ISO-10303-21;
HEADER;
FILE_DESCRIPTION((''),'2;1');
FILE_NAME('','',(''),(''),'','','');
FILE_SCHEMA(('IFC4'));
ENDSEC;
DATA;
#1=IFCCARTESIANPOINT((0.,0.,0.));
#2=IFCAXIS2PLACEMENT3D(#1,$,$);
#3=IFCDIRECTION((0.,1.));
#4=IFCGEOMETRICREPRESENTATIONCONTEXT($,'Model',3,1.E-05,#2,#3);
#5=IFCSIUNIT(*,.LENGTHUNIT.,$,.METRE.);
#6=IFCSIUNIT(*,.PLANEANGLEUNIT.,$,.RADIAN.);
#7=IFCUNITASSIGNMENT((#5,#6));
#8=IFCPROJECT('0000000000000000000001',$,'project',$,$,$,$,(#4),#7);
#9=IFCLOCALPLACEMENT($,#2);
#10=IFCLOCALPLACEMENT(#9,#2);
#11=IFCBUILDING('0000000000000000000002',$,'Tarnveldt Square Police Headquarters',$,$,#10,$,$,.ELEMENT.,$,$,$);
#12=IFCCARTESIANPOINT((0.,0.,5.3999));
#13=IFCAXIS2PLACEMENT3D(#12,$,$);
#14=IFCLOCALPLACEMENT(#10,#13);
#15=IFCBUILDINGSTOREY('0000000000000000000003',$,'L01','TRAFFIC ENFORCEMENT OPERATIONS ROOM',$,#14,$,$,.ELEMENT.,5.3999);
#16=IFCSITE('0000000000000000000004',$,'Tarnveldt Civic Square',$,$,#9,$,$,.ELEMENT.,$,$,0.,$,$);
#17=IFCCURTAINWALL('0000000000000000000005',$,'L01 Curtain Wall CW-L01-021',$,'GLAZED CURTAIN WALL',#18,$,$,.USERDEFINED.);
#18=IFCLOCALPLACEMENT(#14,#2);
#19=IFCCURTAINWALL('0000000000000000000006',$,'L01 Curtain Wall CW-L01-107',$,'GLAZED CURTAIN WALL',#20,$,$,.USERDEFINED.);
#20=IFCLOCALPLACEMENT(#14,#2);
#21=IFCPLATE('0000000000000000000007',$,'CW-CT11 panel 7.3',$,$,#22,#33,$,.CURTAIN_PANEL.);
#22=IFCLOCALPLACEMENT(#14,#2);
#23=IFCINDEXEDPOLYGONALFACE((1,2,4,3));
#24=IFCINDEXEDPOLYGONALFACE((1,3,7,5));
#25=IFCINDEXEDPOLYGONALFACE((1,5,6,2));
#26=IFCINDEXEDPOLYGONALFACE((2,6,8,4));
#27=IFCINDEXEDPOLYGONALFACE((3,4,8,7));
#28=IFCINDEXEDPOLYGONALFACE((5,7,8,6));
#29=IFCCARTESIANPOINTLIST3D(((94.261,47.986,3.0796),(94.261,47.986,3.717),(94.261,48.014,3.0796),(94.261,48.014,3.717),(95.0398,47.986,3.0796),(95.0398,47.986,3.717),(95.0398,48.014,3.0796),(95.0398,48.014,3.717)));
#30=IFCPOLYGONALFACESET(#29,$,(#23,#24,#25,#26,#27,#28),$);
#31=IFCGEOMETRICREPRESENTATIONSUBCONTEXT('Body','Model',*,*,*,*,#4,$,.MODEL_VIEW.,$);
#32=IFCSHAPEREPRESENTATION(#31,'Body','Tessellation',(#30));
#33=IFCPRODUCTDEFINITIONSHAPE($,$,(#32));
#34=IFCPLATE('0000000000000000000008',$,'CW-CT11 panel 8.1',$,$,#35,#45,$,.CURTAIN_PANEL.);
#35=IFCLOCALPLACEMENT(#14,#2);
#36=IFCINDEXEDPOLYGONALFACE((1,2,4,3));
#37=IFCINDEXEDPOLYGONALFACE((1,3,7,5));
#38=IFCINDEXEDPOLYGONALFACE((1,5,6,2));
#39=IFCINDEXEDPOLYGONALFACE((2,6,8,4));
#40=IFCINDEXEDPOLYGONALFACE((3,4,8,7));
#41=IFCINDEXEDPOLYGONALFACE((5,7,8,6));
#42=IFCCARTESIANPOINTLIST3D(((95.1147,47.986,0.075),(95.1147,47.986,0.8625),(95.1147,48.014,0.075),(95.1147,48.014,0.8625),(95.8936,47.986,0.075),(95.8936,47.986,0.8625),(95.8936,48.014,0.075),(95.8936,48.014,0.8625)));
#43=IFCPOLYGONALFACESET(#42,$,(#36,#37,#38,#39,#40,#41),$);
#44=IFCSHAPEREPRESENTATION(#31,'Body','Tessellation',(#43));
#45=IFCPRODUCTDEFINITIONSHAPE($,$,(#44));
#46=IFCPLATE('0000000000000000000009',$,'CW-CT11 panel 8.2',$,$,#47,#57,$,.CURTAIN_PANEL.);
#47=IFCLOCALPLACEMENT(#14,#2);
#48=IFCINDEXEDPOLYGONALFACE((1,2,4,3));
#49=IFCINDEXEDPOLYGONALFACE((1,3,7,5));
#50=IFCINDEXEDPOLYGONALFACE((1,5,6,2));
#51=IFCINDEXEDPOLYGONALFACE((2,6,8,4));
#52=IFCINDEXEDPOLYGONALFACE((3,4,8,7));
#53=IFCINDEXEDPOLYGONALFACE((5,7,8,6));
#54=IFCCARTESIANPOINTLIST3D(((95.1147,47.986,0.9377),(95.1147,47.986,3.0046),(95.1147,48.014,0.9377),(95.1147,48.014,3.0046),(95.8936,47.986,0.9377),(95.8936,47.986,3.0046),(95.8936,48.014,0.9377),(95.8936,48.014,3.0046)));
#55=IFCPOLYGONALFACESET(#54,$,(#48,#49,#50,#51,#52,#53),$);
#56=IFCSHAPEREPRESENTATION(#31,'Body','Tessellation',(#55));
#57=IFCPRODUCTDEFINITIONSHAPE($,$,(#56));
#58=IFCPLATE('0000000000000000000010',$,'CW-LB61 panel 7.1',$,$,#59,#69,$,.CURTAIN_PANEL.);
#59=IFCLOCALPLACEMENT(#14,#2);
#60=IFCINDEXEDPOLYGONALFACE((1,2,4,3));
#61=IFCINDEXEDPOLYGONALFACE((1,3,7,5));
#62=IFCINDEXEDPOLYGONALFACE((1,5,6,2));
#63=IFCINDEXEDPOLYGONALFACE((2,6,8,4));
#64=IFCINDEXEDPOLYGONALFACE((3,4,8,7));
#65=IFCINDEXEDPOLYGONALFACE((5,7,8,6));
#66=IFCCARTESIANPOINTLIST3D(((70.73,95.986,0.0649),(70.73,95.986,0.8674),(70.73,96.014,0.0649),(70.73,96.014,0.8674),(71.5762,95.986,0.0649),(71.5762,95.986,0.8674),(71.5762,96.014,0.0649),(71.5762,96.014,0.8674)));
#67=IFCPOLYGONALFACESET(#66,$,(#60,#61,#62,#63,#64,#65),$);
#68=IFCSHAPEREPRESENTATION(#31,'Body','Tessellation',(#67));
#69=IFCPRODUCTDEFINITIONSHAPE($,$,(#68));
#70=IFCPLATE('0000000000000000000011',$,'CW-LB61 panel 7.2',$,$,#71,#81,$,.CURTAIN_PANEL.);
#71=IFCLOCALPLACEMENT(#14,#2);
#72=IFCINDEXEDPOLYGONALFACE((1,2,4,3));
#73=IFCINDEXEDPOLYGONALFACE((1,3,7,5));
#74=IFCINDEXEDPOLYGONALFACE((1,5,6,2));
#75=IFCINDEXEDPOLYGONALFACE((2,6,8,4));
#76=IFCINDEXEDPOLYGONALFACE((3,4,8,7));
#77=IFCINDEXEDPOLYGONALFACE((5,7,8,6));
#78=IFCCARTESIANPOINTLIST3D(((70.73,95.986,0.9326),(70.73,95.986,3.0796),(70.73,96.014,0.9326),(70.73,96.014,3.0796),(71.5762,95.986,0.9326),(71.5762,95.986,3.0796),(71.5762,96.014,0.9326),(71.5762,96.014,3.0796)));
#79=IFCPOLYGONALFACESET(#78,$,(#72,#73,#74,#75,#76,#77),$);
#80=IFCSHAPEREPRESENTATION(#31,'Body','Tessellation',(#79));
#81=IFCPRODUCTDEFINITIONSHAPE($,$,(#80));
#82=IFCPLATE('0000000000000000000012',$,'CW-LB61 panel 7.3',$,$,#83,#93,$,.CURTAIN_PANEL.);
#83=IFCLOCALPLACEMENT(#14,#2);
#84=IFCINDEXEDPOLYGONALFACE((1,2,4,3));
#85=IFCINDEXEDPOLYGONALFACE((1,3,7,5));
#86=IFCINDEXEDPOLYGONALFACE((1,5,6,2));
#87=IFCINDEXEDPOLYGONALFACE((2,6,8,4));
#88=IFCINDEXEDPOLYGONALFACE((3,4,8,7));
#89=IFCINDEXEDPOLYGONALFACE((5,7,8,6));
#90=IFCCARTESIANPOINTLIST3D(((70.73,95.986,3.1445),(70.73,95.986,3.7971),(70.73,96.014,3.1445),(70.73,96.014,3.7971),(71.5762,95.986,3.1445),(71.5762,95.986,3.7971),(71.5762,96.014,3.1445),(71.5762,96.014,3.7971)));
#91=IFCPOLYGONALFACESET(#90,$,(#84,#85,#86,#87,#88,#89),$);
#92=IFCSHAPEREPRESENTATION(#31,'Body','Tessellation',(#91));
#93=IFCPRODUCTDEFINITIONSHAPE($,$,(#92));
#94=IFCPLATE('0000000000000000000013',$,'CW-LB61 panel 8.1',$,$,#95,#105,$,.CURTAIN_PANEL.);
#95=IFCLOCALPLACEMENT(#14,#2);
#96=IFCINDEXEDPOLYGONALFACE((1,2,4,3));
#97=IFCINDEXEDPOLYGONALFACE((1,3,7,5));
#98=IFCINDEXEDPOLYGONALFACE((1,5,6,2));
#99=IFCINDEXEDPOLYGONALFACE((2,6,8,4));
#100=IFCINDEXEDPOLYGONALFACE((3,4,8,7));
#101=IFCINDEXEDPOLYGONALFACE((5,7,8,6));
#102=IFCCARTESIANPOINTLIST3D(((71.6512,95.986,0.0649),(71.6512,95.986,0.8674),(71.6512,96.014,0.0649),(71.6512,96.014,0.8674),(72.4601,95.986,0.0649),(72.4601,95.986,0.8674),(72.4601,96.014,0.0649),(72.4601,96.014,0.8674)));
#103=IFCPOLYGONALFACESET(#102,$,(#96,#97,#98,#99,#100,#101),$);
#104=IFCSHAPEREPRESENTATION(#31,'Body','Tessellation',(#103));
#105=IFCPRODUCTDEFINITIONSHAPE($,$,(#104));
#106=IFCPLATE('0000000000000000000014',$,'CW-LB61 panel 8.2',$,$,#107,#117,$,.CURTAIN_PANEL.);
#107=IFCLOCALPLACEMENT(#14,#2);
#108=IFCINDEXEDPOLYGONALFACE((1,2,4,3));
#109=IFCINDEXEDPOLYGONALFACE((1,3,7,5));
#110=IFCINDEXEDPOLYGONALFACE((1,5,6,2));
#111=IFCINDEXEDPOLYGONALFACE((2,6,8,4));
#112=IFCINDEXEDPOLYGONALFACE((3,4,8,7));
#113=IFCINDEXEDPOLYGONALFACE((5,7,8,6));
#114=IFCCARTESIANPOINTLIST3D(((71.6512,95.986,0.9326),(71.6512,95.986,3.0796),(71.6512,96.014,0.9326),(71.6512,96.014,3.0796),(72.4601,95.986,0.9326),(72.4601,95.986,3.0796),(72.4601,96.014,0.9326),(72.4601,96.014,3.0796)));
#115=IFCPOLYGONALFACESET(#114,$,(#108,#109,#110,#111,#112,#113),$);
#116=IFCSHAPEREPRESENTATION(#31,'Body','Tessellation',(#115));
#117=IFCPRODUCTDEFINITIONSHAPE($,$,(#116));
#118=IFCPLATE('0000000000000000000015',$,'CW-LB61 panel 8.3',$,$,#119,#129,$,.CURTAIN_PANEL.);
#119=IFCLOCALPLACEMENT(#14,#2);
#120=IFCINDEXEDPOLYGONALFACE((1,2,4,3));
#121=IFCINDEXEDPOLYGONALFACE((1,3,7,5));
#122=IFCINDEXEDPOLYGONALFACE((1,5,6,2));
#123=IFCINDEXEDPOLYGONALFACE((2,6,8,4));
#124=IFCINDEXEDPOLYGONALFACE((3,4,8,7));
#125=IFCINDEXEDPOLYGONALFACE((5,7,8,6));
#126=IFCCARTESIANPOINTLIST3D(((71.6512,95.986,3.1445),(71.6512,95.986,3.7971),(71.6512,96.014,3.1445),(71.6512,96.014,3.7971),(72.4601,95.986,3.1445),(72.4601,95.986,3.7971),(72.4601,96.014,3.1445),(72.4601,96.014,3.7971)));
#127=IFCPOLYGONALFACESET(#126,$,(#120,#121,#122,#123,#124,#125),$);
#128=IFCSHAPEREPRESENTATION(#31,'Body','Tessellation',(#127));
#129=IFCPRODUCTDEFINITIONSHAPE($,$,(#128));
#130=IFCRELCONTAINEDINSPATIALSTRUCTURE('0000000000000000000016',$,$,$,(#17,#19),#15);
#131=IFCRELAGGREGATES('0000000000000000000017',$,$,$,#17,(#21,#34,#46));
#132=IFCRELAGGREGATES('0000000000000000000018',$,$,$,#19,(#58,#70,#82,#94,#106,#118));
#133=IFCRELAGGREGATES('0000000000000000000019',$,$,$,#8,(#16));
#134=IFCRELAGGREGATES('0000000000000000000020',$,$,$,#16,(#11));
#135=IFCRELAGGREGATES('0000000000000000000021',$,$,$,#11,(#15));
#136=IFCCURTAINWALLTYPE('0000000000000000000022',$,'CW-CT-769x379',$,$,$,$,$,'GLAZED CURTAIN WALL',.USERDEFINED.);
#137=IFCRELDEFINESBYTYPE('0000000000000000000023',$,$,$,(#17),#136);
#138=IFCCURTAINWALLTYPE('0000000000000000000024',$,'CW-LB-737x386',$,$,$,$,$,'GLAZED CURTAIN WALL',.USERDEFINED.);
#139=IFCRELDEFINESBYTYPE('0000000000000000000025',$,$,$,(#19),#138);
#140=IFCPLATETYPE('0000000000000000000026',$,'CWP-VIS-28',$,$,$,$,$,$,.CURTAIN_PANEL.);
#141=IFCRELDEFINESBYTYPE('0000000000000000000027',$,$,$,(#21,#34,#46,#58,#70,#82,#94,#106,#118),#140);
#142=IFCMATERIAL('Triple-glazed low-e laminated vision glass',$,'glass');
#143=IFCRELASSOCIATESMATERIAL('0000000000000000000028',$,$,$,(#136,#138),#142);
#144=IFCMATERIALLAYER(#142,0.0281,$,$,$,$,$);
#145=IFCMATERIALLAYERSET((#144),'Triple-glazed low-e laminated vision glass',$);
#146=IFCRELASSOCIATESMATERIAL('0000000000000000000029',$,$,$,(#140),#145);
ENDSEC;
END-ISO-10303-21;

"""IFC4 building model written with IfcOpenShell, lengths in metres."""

from ifc_helpers import new_model, si_unit, direction, frame, origin, origin_2d, place, context, subcontext, project, spatial, rectangle, extrude, material, layer, layer_set, type_object, element, aggregate, save


model = new_model("IFC4")

# Units and contexts
model_context = context("Model", 3, precision=1e-05, world=origin(), true_north=direction((0.0, 1.0)))
body_context = subcontext(model_context, "Body", "Model", "MODEL_VIEW")
ifc_project = project(units=[si_unit("LENGTHUNIT", "METRE"), si_unit("PLANEANGLEUNIT", "RADIAN")], contexts=[model_context])

# Site, building, storey
site_placement = place(None, origin())
site = spatial("IfcSite", under=ifc_project, at=site_placement, Name="Tarnveldt Civic Square", CompositionType="ELEMENT", RefElevation=0.0)
building_placement = place(site_placement, origin())
building = spatial("IfcBuilding", under=site, at=building_placement, Name="Tarnveldt Square Police Headquarters", CompositionType="ELEMENT")
storey_placement = place(building_placement, frame((0.0, 0.0, 5.3999)))
storey = spatial("IfcBuildingStorey", under=building, at=storey_placement, Name="L01", Description="TRAFFIC ENFORCEMENT OPERATIONS ROOM", CompositionType="ELEMENT", Elevation=5.3999)

# Curtain wall
ifc_material_1 = material(Name="Triple-glazed low-e laminated vision glass", Category="glass")
curtain_wall_type_1 = type_object("IfcCurtainWallType", Name="CW-CT-769x379", ElementType="GLAZED CURTAIN WALL", PredefinedType="USERDEFINED", material=ifc_material_1)
curtain_wall_1_placement = place(storey_placement, origin())
curtain_wall_1 = element("IfcCurtainWall", 1, at=curtain_wall_1_placement, inside=storey, type_object=curtain_wall_type_1, Name="L01 Curtain Wall CW-L01-021", ObjectType="GLAZED CURTAIN WALL", PredefinedType="USERDEFINED")

# Curtain wall
curtain_wall_type_2 = type_object("IfcCurtainWallType", Name="CW-LB-737x386", ElementType="GLAZED CURTAIN WALL", PredefinedType="USERDEFINED", material=ifc_material_1)
curtain_wall_2_placement = place(storey_placement, origin())
curtain_wall_2 = element("IfcCurtainWall", 2, at=curtain_wall_2_placement, inside=storey, type_object=curtain_wall_type_2, Name="L01 Curtain Wall CW-L01-107", ObjectType="GLAZED CURTAIN WALL", PredefinedType="USERDEFINED")

# Plates
ifc_layer = layer(ifc_material_1, 0.0281)
ifc_layer_set = layer_set([ifc_layer], Name="Triple-glazed low-e laminated vision glass")
plate_type = type_object("IfcPlateType", Name="CWP-VIS-28", PredefinedType="CURTAIN_PANEL", material=ifc_layer_set)
plate_1_placement = place(storey_placement, frame((94.6504, 48.0, 3.0796), z_axis=(0.0, 0.0, 1.0), x_axis=(1.0, 0.0, 0.0)))
plate_1 = element("IfcPlate", 3, at=plate_1_placement, type_object=plate_type, Name="CW-CT11 panel 7.3", PredefinedType="CURTAIN_PANEL", context=body_context, shape_type="SweptSolid", body=[
    extrude(rectangle(XDim=0.7788, YDim=0.0281, at=origin_2d()), origin(), (0.0, 0.0, 1.0), 0.6375),
])
plate_2_placement = place(storey_placement, frame((95.5042, 48.0, 0.075), z_axis=(0.0, 0.0, 1.0), x_axis=(1.0, 0.0, 0.0)))
plate_2 = element("IfcPlate", 4, at=plate_2_placement, type_object=plate_type, Name="CW-CT11 panel 8.1", PredefinedType="CURTAIN_PANEL", context=body_context, shape_type="SweptSolid", body=[
    extrude(rectangle(XDim=0.7788, YDim=0.0281, at=origin_2d()), origin(), (0.0, 0.0, 1.0), 0.7876),
])
plate_3_placement = place(storey_placement, frame((95.5042, 48.0, 0.9377), z_axis=(0.0, 0.0, 1.0), x_axis=(1.0, 0.0, 0.0)))
plate_3 = element("IfcPlate", 5, at=plate_3_placement, type_object=plate_type, Name="CW-CT11 panel 8.2", PredefinedType="CURTAIN_PANEL", context=body_context, shape_type="SweptSolid", body=[
    extrude(rectangle(XDim=0.7788, YDim=0.0281, at=origin_2d()), origin(), (0.0, 0.0, 1.0), 2.0669),
])
aggregate(curtain_wall_1, [plate_1, plate_2, plate_3])
plate_4_placement = place(storey_placement, frame((71.1531, 96.0, 0.0649), z_axis=(0.0, 0.0, 1.0), x_axis=(1.0, 0.0, 0.0)))
plate_4 = element("IfcPlate", 6, at=plate_4_placement, type_object=plate_type, Name="CW-LB61 panel 7.1", PredefinedType="CURTAIN_PANEL", context=body_context, shape_type="SweptSolid", body=[
    extrude(rectangle(XDim=0.8462, YDim=0.0281, at=origin_2d()), origin(), (0.0, 0.0, 1.0), 0.8025),
])
plate_5_placement = place(storey_placement, frame((71.1531, 96.0, 0.9326), z_axis=(0.0, 0.0, 1.0), x_axis=(1.0, 0.0, 0.0)))
plate_5 = element("IfcPlate", 7, at=plate_5_placement, type_object=plate_type, Name="CW-LB61 panel 7.2", PredefinedType="CURTAIN_PANEL", context=body_context, shape_type="SweptSolid", body=[
    extrude(rectangle(XDim=0.8462, YDim=0.0281, at=origin_2d()), origin(), (0.0, 0.0, 1.0), 2.147),
])
plate_6_placement = place(storey_placement, frame((71.1531, 96.0, 3.1445), z_axis=(0.0, 0.0, 1.0), x_axis=(1.0, 0.0, 0.0)))
plate_6 = element("IfcPlate", 8, at=plate_6_placement, type_object=plate_type, Name="CW-LB61 panel 7.3", PredefinedType="CURTAIN_PANEL", context=body_context, shape_type="SweptSolid", body=[
    extrude(rectangle(XDim=0.8462, YDim=0.0281, at=origin_2d()), origin(), (0.0, 0.0, 1.0), 0.6526),
])
plate_7_placement = place(storey_placement, frame((72.0557, 96.0, 0.0649), z_axis=(0.0, 0.0, 1.0), x_axis=(1.0, 0.0, 0.0)))
plate_7 = element("IfcPlate", 9, at=plate_7_placement, type_object=plate_type, Name="CW-LB61 panel 8.1", PredefinedType="CURTAIN_PANEL", context=body_context, shape_type="SweptSolid", body=[
    extrude(rectangle(XDim=0.8088, YDim=0.0281, at=origin_2d()), origin(), (0.0, 0.0, 1.0), 0.8025),
])
plate_8_placement = place(storey_placement, frame((72.0557, 96.0, 0.9326), z_axis=(0.0, 0.0, 1.0), x_axis=(1.0, 0.0, 0.0)))
plate_8 = element("IfcPlate", 10, at=plate_8_placement, type_object=plate_type, Name="CW-LB61 panel 8.2", PredefinedType="CURTAIN_PANEL", context=body_context, shape_type="SweptSolid", body=[
    extrude(rectangle(XDim=0.8088, YDim=0.0281, at=origin_2d()), origin(), (0.0, 0.0, 1.0), 2.147),
])
plate_9_placement = place(storey_placement, frame((72.0557, 96.0, 3.1445), z_axis=(0.0, 0.0, 1.0), x_axis=(1.0, 0.0, 0.0)))
plate_9 = element("IfcPlate", 11, at=plate_9_placement, type_object=plate_type, Name="CW-LB61 panel 8.3", PredefinedType="CURTAIN_PANEL", context=body_context, shape_type="SweptSolid", body=[
    extrude(rectangle(XDim=0.8088, YDim=0.0281, at=origin_2d()), origin(), (0.0, 0.0, 1.0), 0.6526),
])
aggregate(curtain_wall_2, [plate_4, plate_5, plate_6, plate_7, plate_8, plate_9])

save(model, "model.ifc")
